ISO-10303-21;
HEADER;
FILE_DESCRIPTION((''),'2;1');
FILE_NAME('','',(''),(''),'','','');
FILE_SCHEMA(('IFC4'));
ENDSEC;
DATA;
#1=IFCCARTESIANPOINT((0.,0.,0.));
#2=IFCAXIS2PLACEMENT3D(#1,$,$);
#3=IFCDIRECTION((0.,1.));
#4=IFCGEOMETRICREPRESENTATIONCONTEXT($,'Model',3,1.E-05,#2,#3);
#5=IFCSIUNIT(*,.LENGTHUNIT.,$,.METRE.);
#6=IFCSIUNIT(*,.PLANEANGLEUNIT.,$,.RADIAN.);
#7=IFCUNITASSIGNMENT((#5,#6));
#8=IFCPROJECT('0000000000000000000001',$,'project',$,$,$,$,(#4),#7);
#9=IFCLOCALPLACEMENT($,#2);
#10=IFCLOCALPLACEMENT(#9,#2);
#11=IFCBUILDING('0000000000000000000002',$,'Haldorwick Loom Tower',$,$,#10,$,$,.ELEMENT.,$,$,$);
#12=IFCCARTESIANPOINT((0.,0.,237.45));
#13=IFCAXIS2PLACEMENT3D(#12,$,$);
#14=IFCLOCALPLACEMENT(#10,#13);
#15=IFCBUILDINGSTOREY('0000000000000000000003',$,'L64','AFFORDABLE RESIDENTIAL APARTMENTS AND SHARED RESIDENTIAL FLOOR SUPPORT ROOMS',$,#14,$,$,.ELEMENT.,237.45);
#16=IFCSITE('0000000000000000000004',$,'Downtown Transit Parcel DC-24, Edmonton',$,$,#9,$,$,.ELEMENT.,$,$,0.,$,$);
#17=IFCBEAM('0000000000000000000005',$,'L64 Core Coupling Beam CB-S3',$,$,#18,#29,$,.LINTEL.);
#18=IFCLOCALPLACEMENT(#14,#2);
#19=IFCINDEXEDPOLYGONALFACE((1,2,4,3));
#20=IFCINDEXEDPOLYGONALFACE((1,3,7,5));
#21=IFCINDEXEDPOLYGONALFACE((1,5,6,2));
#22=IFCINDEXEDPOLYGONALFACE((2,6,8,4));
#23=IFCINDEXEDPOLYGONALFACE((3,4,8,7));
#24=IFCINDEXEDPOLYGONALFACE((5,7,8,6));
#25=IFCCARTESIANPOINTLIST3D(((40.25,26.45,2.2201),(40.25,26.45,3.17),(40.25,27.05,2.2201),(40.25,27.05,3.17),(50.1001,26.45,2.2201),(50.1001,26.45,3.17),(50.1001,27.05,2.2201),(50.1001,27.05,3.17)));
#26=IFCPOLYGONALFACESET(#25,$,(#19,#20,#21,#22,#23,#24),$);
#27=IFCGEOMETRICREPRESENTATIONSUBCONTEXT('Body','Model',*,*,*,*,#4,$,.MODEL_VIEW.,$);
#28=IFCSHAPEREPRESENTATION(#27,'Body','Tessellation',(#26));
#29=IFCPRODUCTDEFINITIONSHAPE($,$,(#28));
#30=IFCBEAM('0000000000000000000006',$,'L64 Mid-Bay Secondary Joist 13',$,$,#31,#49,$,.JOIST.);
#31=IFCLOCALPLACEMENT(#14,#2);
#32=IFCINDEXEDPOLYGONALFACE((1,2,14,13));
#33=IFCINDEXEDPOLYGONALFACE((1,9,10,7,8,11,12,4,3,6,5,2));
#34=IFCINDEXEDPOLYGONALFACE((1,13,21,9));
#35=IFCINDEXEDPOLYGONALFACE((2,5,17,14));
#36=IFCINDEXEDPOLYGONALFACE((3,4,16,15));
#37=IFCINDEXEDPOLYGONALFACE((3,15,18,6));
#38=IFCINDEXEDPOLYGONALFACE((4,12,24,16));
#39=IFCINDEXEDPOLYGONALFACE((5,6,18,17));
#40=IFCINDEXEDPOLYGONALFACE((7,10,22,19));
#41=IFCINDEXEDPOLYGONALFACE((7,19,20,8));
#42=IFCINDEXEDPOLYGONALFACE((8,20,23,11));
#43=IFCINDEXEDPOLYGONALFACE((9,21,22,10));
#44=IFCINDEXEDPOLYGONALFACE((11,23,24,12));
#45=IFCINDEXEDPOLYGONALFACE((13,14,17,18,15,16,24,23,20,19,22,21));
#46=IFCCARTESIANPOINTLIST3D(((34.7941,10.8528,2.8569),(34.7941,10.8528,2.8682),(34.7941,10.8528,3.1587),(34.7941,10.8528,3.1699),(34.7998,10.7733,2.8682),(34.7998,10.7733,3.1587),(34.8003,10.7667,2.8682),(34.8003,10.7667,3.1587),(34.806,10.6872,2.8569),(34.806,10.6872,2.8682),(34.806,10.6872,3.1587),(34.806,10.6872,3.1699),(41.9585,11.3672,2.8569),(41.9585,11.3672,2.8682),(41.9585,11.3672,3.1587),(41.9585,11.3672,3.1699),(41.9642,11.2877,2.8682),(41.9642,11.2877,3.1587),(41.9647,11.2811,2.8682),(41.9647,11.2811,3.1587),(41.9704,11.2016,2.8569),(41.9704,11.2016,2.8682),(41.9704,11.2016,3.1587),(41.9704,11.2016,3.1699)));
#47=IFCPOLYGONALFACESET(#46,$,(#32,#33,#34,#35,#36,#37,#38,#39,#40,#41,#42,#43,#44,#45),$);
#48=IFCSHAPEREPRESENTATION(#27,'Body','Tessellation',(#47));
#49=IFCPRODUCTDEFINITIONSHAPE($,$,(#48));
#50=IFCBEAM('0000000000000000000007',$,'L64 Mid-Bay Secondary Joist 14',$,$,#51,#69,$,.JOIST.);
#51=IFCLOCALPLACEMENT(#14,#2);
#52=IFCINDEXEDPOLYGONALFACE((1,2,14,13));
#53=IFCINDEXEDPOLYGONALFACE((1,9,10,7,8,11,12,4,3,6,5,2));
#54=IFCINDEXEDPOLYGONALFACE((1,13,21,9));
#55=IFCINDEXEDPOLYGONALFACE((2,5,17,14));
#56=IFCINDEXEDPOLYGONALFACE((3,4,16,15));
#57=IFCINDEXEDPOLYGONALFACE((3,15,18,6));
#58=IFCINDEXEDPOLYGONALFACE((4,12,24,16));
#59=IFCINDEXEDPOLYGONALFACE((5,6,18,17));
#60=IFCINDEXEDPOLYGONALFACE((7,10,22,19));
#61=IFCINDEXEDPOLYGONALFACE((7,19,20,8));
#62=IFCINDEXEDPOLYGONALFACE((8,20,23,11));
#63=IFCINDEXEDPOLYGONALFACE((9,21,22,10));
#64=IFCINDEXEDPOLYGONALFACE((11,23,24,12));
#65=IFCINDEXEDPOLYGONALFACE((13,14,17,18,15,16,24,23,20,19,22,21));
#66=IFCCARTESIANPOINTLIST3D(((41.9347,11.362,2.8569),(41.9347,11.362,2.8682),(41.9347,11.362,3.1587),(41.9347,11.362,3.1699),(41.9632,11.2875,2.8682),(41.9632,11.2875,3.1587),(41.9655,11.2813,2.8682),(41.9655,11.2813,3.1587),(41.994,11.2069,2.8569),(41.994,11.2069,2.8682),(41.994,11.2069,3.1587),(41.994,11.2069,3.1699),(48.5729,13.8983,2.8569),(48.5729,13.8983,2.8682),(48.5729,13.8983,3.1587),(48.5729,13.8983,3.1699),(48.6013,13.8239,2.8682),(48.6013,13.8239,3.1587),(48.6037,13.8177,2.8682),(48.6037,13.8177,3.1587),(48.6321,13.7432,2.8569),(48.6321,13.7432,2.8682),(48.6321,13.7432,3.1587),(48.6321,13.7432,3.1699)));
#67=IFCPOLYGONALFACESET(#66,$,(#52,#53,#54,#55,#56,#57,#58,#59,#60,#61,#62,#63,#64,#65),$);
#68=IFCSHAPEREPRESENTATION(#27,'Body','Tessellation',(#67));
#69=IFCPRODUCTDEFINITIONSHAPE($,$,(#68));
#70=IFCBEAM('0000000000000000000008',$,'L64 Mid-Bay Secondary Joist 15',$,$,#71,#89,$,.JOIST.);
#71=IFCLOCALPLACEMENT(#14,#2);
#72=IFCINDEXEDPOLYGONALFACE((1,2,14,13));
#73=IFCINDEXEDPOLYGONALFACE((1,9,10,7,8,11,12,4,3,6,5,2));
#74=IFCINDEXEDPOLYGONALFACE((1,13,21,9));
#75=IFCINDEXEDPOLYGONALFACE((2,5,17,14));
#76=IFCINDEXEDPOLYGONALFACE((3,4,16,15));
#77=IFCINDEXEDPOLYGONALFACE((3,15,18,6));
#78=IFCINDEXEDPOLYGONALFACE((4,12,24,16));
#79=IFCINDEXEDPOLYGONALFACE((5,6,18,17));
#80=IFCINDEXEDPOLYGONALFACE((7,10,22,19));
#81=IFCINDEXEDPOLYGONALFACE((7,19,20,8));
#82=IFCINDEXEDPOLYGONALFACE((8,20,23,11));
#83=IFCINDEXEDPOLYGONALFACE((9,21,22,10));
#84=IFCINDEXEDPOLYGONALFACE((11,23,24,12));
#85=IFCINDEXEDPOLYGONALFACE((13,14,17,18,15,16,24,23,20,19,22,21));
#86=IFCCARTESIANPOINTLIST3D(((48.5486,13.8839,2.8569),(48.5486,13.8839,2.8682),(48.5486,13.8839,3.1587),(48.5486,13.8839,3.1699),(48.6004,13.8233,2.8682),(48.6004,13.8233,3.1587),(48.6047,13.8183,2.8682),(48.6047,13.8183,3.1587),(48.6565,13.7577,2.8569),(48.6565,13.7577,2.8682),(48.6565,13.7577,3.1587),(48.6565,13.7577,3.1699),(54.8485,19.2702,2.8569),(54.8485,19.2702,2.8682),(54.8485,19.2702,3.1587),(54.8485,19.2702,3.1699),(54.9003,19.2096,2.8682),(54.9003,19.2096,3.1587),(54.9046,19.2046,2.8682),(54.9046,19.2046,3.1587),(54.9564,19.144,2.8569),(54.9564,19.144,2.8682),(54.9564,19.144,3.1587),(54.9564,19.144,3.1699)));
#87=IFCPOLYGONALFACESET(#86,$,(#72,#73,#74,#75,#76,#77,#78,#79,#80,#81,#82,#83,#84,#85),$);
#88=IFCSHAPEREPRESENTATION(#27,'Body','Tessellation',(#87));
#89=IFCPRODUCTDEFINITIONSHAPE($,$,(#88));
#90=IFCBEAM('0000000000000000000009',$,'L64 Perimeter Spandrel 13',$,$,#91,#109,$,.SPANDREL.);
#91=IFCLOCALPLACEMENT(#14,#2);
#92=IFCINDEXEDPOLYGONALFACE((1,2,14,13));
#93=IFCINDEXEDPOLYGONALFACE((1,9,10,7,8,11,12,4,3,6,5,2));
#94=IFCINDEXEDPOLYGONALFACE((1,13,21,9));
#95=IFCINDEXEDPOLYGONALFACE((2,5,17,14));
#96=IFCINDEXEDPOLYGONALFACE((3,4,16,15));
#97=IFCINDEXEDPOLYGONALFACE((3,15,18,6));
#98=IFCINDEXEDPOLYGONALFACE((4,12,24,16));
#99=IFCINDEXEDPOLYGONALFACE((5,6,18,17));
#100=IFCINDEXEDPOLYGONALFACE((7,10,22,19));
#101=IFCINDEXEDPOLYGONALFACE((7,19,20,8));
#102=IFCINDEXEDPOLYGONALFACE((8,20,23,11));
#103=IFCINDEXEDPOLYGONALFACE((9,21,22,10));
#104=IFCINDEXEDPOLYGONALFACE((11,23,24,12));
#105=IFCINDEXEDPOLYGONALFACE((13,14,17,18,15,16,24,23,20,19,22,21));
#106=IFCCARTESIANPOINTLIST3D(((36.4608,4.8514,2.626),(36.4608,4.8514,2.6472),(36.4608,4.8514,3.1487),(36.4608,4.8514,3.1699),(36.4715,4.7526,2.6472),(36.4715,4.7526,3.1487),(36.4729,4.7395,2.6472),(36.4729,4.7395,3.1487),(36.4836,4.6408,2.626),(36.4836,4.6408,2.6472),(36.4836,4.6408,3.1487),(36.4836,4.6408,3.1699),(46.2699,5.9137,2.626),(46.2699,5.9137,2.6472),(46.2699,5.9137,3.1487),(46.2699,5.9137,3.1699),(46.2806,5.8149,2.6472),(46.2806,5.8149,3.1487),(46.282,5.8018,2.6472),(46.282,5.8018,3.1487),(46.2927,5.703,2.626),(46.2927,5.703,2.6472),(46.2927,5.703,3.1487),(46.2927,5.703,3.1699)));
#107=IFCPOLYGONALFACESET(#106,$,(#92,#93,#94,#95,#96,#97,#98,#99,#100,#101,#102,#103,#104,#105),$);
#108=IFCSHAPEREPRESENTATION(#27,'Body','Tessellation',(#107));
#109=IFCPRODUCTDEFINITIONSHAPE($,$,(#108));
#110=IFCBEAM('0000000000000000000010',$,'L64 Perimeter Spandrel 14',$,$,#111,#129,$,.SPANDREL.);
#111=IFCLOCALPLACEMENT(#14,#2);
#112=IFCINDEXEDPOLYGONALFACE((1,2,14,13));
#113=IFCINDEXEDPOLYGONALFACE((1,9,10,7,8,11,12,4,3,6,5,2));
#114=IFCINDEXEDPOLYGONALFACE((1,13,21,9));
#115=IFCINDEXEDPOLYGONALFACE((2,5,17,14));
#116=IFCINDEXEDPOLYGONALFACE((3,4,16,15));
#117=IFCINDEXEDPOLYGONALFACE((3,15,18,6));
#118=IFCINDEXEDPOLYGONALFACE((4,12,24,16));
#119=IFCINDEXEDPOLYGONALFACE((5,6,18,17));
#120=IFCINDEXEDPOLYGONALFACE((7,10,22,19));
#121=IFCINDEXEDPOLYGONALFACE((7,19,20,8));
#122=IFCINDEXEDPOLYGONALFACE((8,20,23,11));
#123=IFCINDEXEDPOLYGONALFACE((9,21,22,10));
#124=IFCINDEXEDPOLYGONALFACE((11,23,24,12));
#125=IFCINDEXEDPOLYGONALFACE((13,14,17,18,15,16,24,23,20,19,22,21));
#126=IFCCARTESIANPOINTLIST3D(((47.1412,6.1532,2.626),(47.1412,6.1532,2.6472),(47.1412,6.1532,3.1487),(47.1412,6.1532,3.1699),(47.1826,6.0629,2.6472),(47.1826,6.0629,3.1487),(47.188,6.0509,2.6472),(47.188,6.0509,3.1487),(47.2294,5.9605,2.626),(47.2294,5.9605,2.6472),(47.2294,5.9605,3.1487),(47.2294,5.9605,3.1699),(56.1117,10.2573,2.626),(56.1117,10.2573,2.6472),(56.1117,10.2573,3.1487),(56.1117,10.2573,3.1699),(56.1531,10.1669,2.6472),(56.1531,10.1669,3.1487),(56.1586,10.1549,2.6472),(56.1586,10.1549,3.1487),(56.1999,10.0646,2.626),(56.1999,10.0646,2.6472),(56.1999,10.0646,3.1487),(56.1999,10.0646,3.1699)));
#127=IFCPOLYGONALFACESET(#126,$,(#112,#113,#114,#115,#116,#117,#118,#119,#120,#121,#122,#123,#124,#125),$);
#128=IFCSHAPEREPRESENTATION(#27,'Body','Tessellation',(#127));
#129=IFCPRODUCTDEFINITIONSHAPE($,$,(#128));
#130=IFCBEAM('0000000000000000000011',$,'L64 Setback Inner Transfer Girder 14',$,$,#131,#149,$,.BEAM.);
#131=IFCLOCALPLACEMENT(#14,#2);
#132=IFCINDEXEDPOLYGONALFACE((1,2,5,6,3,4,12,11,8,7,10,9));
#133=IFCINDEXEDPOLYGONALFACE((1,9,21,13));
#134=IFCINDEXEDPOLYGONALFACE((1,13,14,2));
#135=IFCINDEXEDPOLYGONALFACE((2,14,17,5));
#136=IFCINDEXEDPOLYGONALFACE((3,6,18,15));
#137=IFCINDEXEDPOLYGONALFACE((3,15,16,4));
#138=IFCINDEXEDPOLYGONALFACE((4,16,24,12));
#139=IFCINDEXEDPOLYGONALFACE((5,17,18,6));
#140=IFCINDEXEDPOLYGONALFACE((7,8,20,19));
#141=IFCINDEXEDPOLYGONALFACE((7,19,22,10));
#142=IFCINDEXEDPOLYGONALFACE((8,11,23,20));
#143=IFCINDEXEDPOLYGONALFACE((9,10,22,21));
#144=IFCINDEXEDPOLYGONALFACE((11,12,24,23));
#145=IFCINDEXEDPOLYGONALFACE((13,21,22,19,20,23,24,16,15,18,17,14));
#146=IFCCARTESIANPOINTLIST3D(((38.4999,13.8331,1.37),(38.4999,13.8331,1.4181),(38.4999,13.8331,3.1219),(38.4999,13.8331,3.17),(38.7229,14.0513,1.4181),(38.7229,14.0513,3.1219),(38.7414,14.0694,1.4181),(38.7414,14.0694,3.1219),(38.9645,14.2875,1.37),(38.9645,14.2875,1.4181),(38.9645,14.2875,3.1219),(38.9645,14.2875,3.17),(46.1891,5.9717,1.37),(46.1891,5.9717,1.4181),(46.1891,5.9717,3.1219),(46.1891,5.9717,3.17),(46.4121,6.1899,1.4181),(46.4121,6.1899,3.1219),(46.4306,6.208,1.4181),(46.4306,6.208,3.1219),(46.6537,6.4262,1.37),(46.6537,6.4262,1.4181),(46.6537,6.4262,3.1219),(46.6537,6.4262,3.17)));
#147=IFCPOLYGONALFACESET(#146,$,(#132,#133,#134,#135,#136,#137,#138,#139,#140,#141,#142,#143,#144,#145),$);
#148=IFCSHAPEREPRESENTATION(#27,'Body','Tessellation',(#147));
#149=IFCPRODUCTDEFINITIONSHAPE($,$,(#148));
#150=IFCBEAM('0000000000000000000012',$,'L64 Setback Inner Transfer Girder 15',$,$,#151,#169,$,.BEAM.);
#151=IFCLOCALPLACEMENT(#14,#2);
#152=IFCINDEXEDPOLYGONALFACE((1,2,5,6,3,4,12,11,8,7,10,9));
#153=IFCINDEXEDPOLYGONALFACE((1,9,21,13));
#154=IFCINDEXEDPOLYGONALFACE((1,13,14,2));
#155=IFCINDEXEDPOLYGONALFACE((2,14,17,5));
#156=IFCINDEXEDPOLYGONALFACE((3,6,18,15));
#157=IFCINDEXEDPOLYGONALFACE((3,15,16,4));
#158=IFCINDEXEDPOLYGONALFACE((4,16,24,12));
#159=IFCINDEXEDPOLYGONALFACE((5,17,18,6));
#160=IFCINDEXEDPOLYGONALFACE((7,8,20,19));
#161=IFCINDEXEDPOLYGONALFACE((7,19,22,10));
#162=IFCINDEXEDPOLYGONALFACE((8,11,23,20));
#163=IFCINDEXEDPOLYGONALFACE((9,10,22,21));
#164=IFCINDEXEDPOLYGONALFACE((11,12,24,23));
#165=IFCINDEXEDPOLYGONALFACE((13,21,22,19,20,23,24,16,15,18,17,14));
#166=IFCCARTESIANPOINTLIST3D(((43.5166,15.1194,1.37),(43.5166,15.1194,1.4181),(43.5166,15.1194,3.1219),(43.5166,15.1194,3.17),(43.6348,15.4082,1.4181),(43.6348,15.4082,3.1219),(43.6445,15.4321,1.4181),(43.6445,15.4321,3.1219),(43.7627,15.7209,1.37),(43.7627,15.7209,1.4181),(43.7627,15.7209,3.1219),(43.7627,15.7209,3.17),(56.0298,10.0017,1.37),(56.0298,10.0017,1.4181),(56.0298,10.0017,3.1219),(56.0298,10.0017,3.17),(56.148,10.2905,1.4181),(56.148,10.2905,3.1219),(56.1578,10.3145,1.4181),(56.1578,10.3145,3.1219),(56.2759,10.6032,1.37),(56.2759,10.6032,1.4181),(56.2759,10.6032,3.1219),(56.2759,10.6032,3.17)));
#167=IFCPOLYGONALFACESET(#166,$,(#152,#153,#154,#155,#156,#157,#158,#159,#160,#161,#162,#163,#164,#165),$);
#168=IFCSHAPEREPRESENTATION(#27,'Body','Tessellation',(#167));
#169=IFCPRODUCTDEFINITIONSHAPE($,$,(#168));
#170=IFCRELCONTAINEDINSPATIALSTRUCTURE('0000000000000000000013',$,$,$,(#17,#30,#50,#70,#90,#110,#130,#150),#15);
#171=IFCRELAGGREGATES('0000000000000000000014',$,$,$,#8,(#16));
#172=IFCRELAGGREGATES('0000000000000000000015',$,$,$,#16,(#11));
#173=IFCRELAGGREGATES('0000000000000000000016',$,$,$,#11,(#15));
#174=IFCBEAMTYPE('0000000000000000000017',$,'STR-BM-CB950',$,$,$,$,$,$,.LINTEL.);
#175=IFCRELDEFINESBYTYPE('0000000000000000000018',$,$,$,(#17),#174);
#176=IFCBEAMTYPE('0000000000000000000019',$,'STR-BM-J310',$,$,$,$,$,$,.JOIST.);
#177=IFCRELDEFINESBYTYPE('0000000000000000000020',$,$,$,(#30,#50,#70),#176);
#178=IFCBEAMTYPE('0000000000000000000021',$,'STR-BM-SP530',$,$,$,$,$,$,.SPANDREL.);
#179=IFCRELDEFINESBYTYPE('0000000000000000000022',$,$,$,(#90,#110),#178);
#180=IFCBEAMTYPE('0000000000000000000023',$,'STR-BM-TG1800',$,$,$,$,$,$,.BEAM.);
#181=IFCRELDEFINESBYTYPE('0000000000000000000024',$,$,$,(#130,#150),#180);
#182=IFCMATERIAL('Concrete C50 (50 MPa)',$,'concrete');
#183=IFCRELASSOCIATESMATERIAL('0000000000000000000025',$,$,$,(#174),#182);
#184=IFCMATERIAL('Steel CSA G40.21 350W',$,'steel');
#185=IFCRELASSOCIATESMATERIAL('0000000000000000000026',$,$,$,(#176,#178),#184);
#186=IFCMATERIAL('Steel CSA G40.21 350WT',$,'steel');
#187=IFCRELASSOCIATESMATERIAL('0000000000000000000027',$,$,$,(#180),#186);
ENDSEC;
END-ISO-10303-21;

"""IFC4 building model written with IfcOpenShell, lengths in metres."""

from ifc_helpers import new_model, si_unit, direction, frame, origin, origin_2d, place, context, subcontext, project, spatial, rectangle, i_section, extrude, material, material_profile, profile_set, type_object, element, save


model = new_model("IFC4")

# Units and contexts
model_context = context("Model", 3, precision=1e-05, world=origin(), true_north=direction((0.0, 1.0)))
body_context = subcontext(model_context, "Body", "Model", "MODEL_VIEW")
ifc_project = project(units=[si_unit("LENGTHUNIT", "METRE"), si_unit("PLANEANGLEUNIT", "RADIAN")], contexts=[model_context])

# Site, building, storey
site_placement = place(None, origin())
site = spatial("IfcSite", under=ifc_project, at=site_placement, Name="Downtown Transit Parcel DC-24, Edmonton", CompositionType="ELEMENT", RefElevation=0.0)
building_placement = place(site_placement, origin())
building = spatial("IfcBuilding", under=site, at=building_placement, Name="Haldorwick Loom Tower", CompositionType="ELEMENT")
storey_placement = place(building_placement, frame((0.0, 0.0, 237.45)))
storey = spatial("IfcBuildingStorey", under=building, at=storey_placement, Name="L64", Description="AFFORDABLE RESIDENTIAL APARTMENTS AND SHARED RESIDENTIAL FLOOR SUPPORT ROOMS", CompositionType="ELEMENT", Elevation=237.45)

# Shared definitions
ifc_material_1 = material(Name="Steel CSA G40.21 350W", Category="steel")

# Beams
ifc_material_2 = material(Name="Concrete C50 (50 MPa)", Category="concrete")
ifc_material_profile_1 = material_profile(ifc_material_2, rectangle(XDim=0.6001, YDim=0.95, at=origin_2d()), Name="RC600X950", Category="concrete")
ifc_profile_set_1 = profile_set([ifc_material_profile_1], Name="Concrete C50 (50 MPa)")
beam_type_1 = type_object("IfcBeamType", Name="STR-BM-CB950", PredefinedType="LINTEL", material=ifc_profile_set_1)
beam_1_placement = place(storey_placement, frame((40.25, 26.75, 2.6951), z_axis=(1.0, 0.0, 0.0), x_axis=(0.0, 1.0, 0.0)))
element("IfcBeam", 1, at=beam_1_placement, inside=storey, type_object=beam_type_1, Name="L64 Core Coupling Beam CB-S3", PredefinedType="LINTEL", context=body_context, shape_type="SweptSolid", body=[
    extrude(rectangle(XDim=0.6001, YDim=0.95, at=origin_2d()), origin(), (0.0, 0.0, 1.0), 9.8501),
])
ifc_material_profile_2 = material_profile(ifc_material_1, i_section(OverallWidth=0.166, OverallDepth=0.313, WebThickness=0.0066, FlangeThickness=0.0112, at=origin_2d()), Name="W310X45", Category="steel")
ifc_profile_set_2 = profile_set([ifc_material_profile_2], Name="Steel CSA G40.21 350W")
beam_type_2 = type_object("IfcBeamType", Name="STR-BM-J310", PredefinedType="JOIST", material=ifc_profile_set_2)
beam_2_placement = place(storey_placement, frame((34.8, 10.77, 3.0134), z_axis=(0.997432, 0.071617, 0.0), x_axis=(-0.071617, 0.997432, 0.0)))
element("IfcBeam", 2, at=beam_2_placement, inside=storey, type_object=beam_type_2, Name="L64 Mid-Bay Secondary Joist 13", PredefinedType="JOIST", context=body_context, shape_type="SweptSolid", body=[
    extrude(i_section(OverallWidth=0.166, OverallDepth=0.313, WebThickness=0.0066, FlangeThickness=0.0112, at=origin_2d()), origin(), (0.0, 0.0, 1.0), 7.1829),
])
beam_3_placement = place(storey_placement, frame((41.9644, 11.2844, 3.0134), z_axis=(0.934134, 0.356922, 0.0), x_axis=(-0.356922, 0.934134, 0.0)))
element("IfcBeam", 3, at=beam_3_placement, inside=storey, type_object=beam_type_2, Name="L64 Mid-Bay Secondary Joist 14", PredefinedType="JOIST", context=body_context, shape_type="SweptSolid", body=[
    extrude(i_section(OverallWidth=0.166, OverallDepth=0.313, WebThickness=0.0066, FlangeThickness=0.0112, at=origin_2d()), origin(), (0.0, 0.0, 1.0), 7.1062),
])
beam_4_placement = place(storey_placement, frame((48.6025, 13.8208, 3.0134), z_axis=(0.760067, 0.649845, 0.0), x_axis=(-0.649845, 0.760067, 0.0)))
element("IfcBeam", 4, at=beam_4_placement, inside=storey, type_object=beam_type_2, Name="L64 Mid-Bay Secondary Joist 15", PredefinedType="JOIST", context=body_context, shape_type="SweptSolid", body=[
    extrude(i_section(OverallWidth=0.166, OverallDepth=0.313, WebThickness=0.0066, FlangeThickness=0.0112, at=origin_2d()), origin(), (0.0, 0.0, 1.0), 8.2886),
])
ifc_material_profile_3 = material_profile(ifc_material_1, i_section(OverallWidth=0.2119, OverallDepth=0.5439, WebThickness=0.0132, FlangeThickness=0.0212, at=origin_2d()), Name="W530X123", Category="steel")
ifc_profile_set_3 = profile_set([ifc_material_profile_3], Name="Steel CSA G40.21 350W")
beam_type_3 = type_object("IfcBeamType", Name="STR-BM-SP530", PredefinedType="SPANDREL", material=ifc_profile_set_3)
beam_5_placement = place(storey_placement, frame((36.4722, 4.7461, 2.8979), z_axis=(0.994187, 0.107664, 0.0), x_axis=(-0.107664, 0.994187, 0.0)))
element("IfcBeam", 5, at=beam_5_placement, inside=storey, type_object=beam_type_3, Name="L64 Perimeter Spandrel 13", PredefinedType="SPANDREL", context=body_context, shape_type="SweptSolid", body=[
    extrude(i_section(OverallWidth=0.2119, OverallDepth=0.5439, WebThickness=0.0132, FlangeThickness=0.0212, at=origin_2d()), origin(), (0.0, 0.0, 1.0), 9.8665),
])
beam_6_placement = place(storey_placement, frame((47.1853, 6.0569, 2.8979), z_axis=(0.909351, 0.41603, 0.0), x_axis=(-0.41603, 0.909351, 0.0)))
element("IfcBeam", 6, at=beam_6_placement, inside=storey, type_object=beam_type_3, Name="L64 Perimeter Spandrel 14", PredefinedType="SPANDREL", context=body_context, shape_type="SweptSolid", body=[
    extrude(i_section(OverallWidth=0.2119, OverallDepth=0.5439, WebThickness=0.0132, FlangeThickness=0.0212, at=origin_2d()), origin(), (0.0, 0.0, 1.0), 9.8647),
])
ifc_material_3 = material(Name="Steel CSA G40.21 350WT", Category="steel")
ifc_material_profile_4 = material_profile(ifc_material_3, i_section(OverallWidth=0.6499, OverallDepth=1.8, WebThickness=0.0259, FlangeThickness=0.0481, at=origin_2d()), Name="WWF1800X650", Category="steel")
ifc_profile_set_4 = profile_set([ifc_material_profile_4], Name="Steel CSA G40.21 350WT")
beam_type_4 = type_object("IfcBeamType", Name="STR-BM-TG1800", PredefinedType="BEAM", material=ifc_profile_set_4)
beam_7_placement = place(storey_placement, frame((38.7322, 14.0603, 2.27), z_axis=(0.699237, -0.71489, 0.0), x_axis=(0.71489, 0.699237, 0.0)))
element("IfcBeam", 7, at=beam_7_placement, inside=storey, type_object=beam_type_4, Name="L64 Setback Inner Transfer Girder 14", PredefinedType="BEAM", context=body_context, shape_type="SweptSolid", body=[
    extrude(i_section(OverallWidth=0.6499, OverallDepth=1.8, WebThickness=0.0259, FlangeThickness=0.0481, at=origin_2d()), origin(), (0.0, 0.0, 1.0), 10.9966),
])
beam_8_placement = place(storey_placement, frame((43.6396, 15.4202, 2.27), z_axis=(0.925582, -0.378547, 0.0), x_axis=(0.378547, 0.925582, 0.0)))
element("IfcBeam", 8, at=beam_8_placement, inside=storey, type_object=beam_type_4, Name="L64 Setback Inner Transfer Girder 15", PredefinedType="BEAM", context=body_context, shape_type="SweptSolid", body=[
    extrude(i_section(OverallWidth=0.6499, OverallDepth=1.8, WebThickness=0.0259, FlangeThickness=0.0481, at=origin_2d()), origin(), (0.0, 0.0, 1.0), 13.5193),
])

save(model, "model.ifc")
